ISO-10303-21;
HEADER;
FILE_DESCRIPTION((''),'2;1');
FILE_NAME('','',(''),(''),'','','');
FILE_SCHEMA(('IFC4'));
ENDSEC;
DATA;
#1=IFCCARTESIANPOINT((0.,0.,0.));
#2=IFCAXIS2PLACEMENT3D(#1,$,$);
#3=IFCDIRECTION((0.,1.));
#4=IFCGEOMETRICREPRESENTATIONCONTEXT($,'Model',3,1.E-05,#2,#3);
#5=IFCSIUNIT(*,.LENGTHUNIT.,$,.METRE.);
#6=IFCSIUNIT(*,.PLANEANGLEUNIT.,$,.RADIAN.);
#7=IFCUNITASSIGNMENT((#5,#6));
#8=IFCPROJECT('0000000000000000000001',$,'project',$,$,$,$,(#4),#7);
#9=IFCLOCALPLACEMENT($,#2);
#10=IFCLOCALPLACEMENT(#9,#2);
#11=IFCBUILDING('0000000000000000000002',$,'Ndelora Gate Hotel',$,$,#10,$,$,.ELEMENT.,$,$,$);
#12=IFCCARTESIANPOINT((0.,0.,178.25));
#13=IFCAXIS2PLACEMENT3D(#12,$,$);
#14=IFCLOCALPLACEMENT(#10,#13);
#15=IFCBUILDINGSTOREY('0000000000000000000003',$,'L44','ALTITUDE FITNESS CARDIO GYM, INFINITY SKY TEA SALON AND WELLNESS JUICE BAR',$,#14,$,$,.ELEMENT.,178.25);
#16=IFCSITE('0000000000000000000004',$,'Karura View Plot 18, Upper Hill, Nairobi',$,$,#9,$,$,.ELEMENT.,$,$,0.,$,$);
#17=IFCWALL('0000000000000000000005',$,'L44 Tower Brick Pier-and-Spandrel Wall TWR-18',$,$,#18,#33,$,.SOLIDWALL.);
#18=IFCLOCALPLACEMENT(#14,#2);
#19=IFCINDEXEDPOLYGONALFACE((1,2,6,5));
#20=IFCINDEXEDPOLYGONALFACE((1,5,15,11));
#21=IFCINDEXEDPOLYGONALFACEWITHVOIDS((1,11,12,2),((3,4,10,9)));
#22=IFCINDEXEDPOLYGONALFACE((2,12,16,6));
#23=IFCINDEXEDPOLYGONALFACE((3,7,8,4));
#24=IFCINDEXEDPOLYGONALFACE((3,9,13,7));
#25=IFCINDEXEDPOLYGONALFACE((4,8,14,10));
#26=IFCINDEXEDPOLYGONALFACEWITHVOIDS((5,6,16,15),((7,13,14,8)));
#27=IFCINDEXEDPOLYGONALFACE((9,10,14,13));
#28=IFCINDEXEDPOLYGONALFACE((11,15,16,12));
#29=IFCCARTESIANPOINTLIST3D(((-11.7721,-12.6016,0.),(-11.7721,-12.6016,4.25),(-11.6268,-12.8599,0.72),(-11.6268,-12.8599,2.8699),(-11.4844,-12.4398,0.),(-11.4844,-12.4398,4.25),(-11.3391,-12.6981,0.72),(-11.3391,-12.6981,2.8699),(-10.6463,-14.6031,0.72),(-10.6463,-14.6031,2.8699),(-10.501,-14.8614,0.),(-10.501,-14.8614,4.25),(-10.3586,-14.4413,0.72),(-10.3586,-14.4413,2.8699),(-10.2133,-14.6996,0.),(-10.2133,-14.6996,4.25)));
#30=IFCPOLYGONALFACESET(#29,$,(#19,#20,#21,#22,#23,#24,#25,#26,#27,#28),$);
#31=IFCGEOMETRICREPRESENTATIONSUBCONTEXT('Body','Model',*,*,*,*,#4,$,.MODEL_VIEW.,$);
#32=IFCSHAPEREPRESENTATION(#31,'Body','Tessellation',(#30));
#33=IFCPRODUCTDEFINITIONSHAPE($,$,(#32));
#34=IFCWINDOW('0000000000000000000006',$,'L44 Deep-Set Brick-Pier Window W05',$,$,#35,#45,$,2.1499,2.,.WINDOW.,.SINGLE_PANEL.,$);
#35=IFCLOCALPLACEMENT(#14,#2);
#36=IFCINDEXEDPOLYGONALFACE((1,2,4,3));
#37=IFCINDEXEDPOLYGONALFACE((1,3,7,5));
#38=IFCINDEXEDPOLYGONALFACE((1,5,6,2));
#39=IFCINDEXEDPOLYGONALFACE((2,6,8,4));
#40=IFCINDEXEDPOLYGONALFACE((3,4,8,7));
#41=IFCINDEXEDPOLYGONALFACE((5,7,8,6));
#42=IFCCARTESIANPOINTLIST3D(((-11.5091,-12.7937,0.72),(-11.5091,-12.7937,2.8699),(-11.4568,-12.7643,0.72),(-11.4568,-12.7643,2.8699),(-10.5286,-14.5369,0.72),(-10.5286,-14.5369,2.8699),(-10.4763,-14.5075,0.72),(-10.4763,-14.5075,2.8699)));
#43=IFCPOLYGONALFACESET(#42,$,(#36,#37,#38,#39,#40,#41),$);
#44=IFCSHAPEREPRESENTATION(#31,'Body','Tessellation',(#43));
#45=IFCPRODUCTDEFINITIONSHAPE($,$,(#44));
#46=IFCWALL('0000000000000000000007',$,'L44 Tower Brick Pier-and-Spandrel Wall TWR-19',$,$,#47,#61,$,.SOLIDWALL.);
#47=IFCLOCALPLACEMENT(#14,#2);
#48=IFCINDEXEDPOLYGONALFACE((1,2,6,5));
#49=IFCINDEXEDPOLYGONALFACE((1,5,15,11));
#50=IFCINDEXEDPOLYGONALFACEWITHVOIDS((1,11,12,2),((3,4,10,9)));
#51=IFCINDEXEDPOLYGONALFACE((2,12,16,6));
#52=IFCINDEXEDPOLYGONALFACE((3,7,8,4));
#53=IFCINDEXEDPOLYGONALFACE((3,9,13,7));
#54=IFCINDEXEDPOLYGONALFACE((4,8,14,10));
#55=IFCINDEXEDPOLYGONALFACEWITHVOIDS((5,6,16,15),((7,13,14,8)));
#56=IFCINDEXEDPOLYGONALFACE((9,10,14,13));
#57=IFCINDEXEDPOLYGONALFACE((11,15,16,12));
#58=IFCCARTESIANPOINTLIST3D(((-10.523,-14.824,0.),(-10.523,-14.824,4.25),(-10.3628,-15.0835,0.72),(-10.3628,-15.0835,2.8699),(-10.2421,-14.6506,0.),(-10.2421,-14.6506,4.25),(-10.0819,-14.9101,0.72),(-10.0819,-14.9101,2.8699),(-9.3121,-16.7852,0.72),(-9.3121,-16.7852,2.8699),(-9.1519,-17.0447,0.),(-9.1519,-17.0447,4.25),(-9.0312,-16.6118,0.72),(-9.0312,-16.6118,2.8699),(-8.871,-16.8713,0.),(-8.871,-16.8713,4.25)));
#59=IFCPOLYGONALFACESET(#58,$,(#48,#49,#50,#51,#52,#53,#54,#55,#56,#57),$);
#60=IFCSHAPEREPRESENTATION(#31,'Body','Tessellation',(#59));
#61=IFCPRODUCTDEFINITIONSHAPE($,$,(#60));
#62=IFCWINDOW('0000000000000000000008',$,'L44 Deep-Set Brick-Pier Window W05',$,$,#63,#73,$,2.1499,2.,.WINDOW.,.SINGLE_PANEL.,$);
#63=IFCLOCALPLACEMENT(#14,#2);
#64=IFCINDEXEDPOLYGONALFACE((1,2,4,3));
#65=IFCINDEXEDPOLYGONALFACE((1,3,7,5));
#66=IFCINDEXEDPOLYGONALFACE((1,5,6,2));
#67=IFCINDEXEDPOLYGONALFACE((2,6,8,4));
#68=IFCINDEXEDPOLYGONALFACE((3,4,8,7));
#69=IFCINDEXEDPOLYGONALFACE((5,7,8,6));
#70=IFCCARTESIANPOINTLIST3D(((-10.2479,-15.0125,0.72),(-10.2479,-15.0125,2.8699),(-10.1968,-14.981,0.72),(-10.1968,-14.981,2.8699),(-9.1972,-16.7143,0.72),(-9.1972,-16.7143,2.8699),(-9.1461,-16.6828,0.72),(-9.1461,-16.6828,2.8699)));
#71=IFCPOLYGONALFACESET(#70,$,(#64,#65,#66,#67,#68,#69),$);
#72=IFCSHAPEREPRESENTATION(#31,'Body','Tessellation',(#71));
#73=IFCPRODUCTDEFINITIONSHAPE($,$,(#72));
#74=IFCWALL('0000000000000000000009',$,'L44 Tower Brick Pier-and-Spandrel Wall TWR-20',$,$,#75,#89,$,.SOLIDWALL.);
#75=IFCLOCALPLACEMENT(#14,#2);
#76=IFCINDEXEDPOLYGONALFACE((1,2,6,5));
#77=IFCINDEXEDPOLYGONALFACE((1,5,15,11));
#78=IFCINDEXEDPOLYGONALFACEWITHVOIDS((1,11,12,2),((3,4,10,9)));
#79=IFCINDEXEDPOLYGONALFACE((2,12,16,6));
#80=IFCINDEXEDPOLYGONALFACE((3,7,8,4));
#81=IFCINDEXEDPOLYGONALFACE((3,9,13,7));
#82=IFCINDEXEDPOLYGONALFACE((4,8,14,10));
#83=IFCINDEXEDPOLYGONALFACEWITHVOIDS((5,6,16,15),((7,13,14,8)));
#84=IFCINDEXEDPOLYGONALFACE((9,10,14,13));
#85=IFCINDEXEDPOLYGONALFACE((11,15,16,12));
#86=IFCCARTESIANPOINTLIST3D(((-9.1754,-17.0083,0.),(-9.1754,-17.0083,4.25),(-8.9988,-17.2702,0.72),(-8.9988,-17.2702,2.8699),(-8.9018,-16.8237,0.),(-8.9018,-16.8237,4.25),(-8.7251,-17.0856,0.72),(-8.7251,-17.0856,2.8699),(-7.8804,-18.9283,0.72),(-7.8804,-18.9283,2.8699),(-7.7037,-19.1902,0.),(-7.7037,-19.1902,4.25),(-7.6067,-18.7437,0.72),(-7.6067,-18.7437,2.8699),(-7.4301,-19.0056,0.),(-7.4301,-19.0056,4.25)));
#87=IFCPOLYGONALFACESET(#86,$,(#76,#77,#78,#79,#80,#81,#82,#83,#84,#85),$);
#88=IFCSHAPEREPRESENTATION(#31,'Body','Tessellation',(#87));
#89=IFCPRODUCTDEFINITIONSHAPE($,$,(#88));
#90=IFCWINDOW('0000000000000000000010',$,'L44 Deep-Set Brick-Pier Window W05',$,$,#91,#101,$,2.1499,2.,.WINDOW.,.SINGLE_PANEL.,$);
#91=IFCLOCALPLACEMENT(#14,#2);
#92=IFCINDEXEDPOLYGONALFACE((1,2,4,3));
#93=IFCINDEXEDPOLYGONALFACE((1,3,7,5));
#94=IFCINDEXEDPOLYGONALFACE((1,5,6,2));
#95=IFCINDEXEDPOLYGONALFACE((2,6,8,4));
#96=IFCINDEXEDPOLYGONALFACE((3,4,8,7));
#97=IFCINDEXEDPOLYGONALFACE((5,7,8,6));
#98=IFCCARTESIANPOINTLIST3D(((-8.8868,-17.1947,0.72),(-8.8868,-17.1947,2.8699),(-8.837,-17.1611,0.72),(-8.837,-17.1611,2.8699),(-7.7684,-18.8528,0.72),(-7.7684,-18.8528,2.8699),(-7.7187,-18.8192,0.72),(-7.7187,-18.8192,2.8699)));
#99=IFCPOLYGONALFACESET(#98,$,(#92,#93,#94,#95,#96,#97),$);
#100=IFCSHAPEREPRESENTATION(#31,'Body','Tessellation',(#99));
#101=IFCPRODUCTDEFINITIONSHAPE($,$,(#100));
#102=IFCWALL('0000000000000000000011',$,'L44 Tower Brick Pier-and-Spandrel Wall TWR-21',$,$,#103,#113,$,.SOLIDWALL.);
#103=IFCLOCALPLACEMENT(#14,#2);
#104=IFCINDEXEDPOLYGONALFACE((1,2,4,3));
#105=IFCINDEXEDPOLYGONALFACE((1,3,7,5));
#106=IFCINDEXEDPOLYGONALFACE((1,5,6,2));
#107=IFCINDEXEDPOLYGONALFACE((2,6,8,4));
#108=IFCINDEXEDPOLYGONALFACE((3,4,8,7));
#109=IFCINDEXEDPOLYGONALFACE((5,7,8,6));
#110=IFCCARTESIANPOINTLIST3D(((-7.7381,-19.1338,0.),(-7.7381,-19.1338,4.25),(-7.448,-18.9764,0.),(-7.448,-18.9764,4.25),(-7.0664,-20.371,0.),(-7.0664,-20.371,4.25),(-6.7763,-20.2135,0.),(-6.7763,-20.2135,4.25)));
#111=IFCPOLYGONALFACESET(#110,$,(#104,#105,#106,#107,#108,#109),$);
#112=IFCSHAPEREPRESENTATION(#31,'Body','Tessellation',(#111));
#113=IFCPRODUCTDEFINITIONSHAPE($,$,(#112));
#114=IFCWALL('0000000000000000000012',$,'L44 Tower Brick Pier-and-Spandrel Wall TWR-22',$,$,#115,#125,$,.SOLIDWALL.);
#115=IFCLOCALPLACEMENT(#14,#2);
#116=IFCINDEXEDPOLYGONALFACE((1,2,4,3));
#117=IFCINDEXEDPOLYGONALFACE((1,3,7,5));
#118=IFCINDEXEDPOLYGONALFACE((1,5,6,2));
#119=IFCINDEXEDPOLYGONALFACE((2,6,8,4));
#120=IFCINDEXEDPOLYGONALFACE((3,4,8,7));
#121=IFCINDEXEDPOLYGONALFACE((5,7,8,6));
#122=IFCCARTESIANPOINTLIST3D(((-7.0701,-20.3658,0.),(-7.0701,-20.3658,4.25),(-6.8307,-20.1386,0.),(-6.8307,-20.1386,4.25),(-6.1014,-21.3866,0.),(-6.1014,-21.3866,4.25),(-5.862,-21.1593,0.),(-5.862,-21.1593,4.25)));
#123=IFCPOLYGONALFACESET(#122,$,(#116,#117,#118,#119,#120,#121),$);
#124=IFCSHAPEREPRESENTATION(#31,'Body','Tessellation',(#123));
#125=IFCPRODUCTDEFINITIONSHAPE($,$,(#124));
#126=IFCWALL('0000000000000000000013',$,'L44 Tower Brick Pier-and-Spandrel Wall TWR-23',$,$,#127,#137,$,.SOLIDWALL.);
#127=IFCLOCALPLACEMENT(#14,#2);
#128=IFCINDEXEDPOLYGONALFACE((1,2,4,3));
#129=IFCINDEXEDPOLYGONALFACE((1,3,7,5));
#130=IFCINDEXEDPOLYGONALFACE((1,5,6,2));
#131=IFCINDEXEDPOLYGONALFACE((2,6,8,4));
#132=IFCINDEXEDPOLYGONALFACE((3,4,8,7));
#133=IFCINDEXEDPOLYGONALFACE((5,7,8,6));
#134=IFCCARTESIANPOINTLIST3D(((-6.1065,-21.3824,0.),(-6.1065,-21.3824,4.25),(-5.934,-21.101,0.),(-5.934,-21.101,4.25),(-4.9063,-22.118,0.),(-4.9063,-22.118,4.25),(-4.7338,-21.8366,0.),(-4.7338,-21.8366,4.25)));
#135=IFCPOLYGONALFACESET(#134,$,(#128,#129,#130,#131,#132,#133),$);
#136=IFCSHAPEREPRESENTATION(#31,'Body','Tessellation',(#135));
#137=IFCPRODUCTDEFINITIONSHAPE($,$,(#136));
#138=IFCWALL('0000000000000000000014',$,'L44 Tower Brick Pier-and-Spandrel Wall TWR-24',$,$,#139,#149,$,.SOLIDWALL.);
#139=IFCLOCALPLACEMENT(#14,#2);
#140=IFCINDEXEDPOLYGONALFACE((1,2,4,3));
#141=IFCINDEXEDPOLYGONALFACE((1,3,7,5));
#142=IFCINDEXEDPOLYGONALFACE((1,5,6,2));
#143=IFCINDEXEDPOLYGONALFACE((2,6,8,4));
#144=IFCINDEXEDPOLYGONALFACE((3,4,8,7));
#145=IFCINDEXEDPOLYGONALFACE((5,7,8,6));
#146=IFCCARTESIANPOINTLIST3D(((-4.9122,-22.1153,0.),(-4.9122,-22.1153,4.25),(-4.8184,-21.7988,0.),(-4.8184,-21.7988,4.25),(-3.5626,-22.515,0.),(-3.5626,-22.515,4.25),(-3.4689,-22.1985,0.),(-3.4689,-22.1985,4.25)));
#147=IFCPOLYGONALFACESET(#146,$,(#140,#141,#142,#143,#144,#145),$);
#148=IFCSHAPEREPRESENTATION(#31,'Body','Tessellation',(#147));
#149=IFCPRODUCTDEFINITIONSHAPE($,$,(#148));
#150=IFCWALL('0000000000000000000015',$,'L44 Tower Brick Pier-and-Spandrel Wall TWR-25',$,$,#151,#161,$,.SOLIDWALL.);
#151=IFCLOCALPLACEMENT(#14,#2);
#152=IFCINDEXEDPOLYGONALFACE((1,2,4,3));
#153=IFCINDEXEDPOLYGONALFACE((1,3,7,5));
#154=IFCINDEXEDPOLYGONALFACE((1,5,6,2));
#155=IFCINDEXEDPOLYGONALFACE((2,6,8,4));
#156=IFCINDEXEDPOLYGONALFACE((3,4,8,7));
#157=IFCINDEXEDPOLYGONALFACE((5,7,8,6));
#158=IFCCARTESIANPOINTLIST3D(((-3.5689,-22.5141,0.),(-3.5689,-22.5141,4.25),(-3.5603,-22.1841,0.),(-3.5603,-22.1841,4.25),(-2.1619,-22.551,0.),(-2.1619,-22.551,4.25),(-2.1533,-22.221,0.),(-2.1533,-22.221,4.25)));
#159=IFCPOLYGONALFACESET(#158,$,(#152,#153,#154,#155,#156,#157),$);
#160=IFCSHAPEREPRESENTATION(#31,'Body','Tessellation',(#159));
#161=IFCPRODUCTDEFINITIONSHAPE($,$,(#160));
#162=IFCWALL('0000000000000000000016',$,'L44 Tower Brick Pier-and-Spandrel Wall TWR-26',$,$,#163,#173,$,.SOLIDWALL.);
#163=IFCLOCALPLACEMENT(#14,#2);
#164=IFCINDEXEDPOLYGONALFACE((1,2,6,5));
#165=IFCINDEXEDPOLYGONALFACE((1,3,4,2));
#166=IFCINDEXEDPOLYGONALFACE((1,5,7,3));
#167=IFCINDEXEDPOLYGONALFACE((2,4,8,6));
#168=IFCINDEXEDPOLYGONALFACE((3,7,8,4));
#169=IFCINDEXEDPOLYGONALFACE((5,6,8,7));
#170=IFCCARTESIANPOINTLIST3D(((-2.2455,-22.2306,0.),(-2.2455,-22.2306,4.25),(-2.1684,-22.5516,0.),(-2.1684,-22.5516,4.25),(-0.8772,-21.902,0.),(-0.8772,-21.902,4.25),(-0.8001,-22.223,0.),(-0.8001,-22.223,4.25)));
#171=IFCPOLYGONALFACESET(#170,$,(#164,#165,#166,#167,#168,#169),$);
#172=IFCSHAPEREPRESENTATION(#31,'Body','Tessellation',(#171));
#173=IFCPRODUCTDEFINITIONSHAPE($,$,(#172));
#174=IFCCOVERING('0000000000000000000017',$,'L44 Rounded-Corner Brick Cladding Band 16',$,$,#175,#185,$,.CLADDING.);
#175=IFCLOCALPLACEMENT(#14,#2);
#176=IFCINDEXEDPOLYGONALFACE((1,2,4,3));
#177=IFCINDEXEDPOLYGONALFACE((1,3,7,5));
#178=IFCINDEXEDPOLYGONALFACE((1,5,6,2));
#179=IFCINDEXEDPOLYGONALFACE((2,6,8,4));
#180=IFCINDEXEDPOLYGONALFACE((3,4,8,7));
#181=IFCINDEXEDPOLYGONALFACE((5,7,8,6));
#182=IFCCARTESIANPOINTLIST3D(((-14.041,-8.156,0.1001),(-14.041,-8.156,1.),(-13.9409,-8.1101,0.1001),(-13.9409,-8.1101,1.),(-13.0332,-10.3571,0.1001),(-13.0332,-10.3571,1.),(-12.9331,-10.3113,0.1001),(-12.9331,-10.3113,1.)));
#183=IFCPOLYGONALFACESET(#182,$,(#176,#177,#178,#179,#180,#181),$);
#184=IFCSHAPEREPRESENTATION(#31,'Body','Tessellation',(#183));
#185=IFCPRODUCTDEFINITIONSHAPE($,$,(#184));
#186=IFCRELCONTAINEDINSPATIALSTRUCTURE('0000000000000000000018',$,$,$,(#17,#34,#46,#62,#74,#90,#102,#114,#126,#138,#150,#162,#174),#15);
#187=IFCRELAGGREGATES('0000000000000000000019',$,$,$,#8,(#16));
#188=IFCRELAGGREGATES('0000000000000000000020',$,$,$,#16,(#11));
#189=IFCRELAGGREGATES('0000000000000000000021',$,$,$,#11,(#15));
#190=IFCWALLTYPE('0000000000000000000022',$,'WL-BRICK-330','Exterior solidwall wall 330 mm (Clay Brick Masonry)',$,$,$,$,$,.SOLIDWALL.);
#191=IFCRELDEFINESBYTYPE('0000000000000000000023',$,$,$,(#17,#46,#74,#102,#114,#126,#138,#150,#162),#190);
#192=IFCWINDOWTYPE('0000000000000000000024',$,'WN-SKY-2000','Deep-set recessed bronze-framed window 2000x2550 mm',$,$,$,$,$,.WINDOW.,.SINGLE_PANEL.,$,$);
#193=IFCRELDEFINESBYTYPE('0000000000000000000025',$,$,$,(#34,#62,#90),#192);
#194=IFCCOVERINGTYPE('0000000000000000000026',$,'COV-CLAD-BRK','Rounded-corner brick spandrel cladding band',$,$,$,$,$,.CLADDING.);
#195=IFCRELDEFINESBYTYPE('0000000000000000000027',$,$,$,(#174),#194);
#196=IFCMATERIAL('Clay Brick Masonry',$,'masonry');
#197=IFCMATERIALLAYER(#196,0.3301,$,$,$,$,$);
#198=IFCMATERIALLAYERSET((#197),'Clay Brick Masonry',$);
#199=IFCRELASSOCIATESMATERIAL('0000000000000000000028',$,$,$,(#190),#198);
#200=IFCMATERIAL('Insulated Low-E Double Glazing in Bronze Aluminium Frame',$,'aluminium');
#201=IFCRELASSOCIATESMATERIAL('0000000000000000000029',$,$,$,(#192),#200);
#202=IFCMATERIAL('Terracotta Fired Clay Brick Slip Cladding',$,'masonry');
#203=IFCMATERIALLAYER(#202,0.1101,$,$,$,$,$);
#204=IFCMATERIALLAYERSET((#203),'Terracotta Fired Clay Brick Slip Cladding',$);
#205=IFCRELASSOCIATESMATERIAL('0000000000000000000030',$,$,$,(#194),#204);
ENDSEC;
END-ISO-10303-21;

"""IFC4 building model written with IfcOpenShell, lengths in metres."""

from ifc_helpers import new_model, si_unit, direction, frame, frame_2d, origin, origin_2d, place, context, subcontext, project, spatial, rectangle, extrude, material, layer, layer_set, type_object, element, fill, save


model = new_model("IFC4")

# Units and contexts
model_context = context("Model", 3, precision=1e-05, world=origin(), true_north=direction((0.0, 1.0)))
body_context = subcontext(model_context, "Body", "Model", "MODEL_VIEW")
ifc_project = project(units=[si_unit("LENGTHUNIT", "METRE"), si_unit("PLANEANGLEUNIT", "RADIAN")], contexts=[model_context])

# Site, building, storey
site_placement = place(None, origin())
site = spatial("IfcSite", under=ifc_project, at=site_placement, Name="Karura View Plot 18, Upper Hill, Nairobi", CompositionType="ELEMENT", RefElevation=0.0)
building_placement = place(site_placement, origin())
building = spatial("IfcBuilding", under=site, at=building_placement, Name="Ndelora Gate Hotel", CompositionType="ELEMENT")
storey_placement = place(building_placement, frame((0.0, 0.0, 178.25)))
storey = spatial("IfcBuildingStorey", under=building, at=storey_placement, Name="L44", Description="ALTITUDE FITNESS CARDIO GYM, INFINITY SKY TEA SALON AND WELLNESS JUICE BAR", CompositionType="ELEMENT", Elevation=178.25)

# Shared definitions
ifc_material_1 = material(Name="Clay Brick Masonry", Category="masonry")
ifc_layer_1 = layer(ifc_material_1, 0.3301)
ifc_layer_set_1 = layer_set([ifc_layer_1], Name="Clay Brick Masonry")
wall_type = type_object("IfcWallType", Name="WL-BRICK-330", Description="Exterior solidwall wall 330 mm (Clay Brick Masonry)", PredefinedType="SOLIDWALL", material=ifc_layer_set_1)

# Walls, openings, windows
wall_1_placement = place(storey_placement, frame((-10.3572, -14.7805, 0.0), z_axis=(0.0, 0.0, 1.0), x_axis=(-0.490225, 0.871596, 0.0)))
wall_1 = element("IfcWall", 1, at=wall_1_placement, inside=storey, type_object=wall_type, Name="L44 Tower Brick Pier-and-Spandrel Wall TWR-18", PredefinedType="SOLIDWALL", context=body_context, shape_type="SweptSolid", body=[
    extrude(rectangle(XDim=2.5928, YDim=0.3301, at=frame_2d((1.2964, 0.0))), origin(), (0.0, 0.0, 1.0), 4.25),
])
opening_1_placement = place(wall_1_placement, frame((0.2964, 0.0, 0.72)))
opening_1 = element("IfcOpeningElement", 2, at=opening_1_placement, cuts=wall_1, PredefinedType="OPENING", context=body_context, shape_type="SweptSolid", body=[
    extrude(rectangle(XDim=2.0, YDim=2.1499, at=frame_2d((1.0, 1.075))), frame((0.0, 0.175, 0.0), z_axis=(0.0, -1.0, 0.0), x_axis=(1.0, 0.0, 0.0)), (0.0, 0.0, 1.0), 0.3501),
])
ifc_material_2 = material(Name="Insulated Low-E Double Glazing in Bronze Aluminium Frame", Category="aluminium")
window_type = type_object("IfcWindowType", Name="WN-SKY-2000", Description="Deep-set recessed bronze-framed window 2000x2550 mm", PartitioningType="SINGLE_PANEL", PredefinedType="WINDOW", material=ifc_material_2)
window_1_placement = place(opening_1_placement, origin())
window_1 = element("IfcWindow", 3, at=window_1_placement, inside=storey, type_object=window_type, Name="L44 Deep-Set Brick-Pier Window W05", OverallHeight=2.1499, OverallWidth=2.0, PartitioningType="SINGLE_PANEL", PredefinedType="WINDOW", context=body_context, shape_type="SweptSolid", body=[
    extrude(rectangle(XDim=2.0, YDim=2.1499, at=frame_2d((1.0, 1.075))), frame((0.0, 0.03, 0.0), z_axis=(0.0, -1.0, 0.0), x_axis=(1.0, 0.0, 0.0)), (0.0, 0.0, 1.0), 0.0601),
])
fill(opening_1, window_1)
wall_2_placement = place(storey_placement, frame((-9.0115, -16.958, 0.0), z_axis=(0.0, 0.0, 1.0), x_axis=(-0.525349, 0.850887, 0.0)))
wall_2 = element("IfcWall", 4, at=wall_2_placement, inside=storey, type_object=wall_type, Name="L44 Tower Brick Pier-and-Spandrel Wall TWR-19", PredefinedType="SOLIDWALL", context=body_context, shape_type="SweptSolid", body=[
    extrude(rectangle(XDim=2.6099, YDim=0.3301, at=frame_2d((1.3049, 0.0))), origin(), (0.0, 0.0, 1.0), 4.25),
])
opening_2_placement = place(wall_2_placement, frame((0.3049, 0.0, 0.72)))
opening_2 = element("IfcOpeningElement", 5, at=opening_2_placement, cuts=wall_2, PredefinedType="OPENING", context=body_context, shape_type="SweptSolid", body=[
    extrude(rectangle(XDim=2.0, YDim=2.1499, at=frame_2d((1.0, 1.075))), frame((0.0, 0.175, 0.0), z_axis=(0.0, -1.0, 0.0), x_axis=(1.0, 0.0, 0.0)), (0.0, 0.0, 1.0), 0.3501),
])
window_2_placement = place(opening_2_placement, origin())
window_2 = element("IfcWindow", 6, at=window_2_placement, inside=storey, type_object=window_type, Name="L44 Deep-Set Brick-Pier Window W05", OverallHeight=2.1499, OverallWidth=2.0, PartitioningType="SINGLE_PANEL", PredefinedType="WINDOW", context=body_context, shape_type="SweptSolid", body=[
    extrude(rectangle(XDim=2.0, YDim=2.1499, at=frame_2d((1.0, 1.075))), frame((0.0, 0.03, 0.0), z_axis=(0.0, -1.0, 0.0), x_axis=(1.0, 0.0, 0.0)), (0.0, 0.0, 1.0), 0.0601),
])
fill(opening_2, window_2)
wall_3_placement = place(storey_placement, frame((-7.5669, -19.0979, 0.0), z_axis=(0.0, 0.0, 1.0), x_axis=(-0.559188, 0.829041, 0.0)))
wall_3 = element("IfcWall", 7, at=wall_3_placement, inside=storey, type_object=wall_type, Name="L44 Tower Brick Pier-and-Spandrel Wall TWR-20", PredefinedType="SOLIDWALL", context=body_context, shape_type="SweptSolid", body=[
    extrude(rectangle(XDim=2.6318, YDim=0.3301, at=frame_2d((1.3159, 0.0))), origin(), (0.0, 0.0, 1.0), 4.25),
])
opening_3_placement = place(wall_3_placement, frame((0.3159, 0.0, 0.72)))
opening_3 = element("IfcOpeningElement", 8, at=opening_3_placement, cuts=wall_3, PredefinedType="OPENING", context=body_context, shape_type="SweptSolid", body=[
    extrude(rectangle(XDim=2.0, YDim=2.1499, at=frame_2d((1.0, 1.075))), frame((0.0, 0.175, 0.0), z_axis=(0.0, -1.0, 0.0), x_axis=(1.0, 0.0, 0.0)), (0.0, 0.0, 1.0), 0.3501),
])
window_3_placement = place(opening_3_placement, origin())
window_3 = element("IfcWindow", 9, at=window_3_placement, inside=storey, type_object=window_type, Name="L44 Deep-Set Brick-Pier Window W05", OverallHeight=2.1499, OverallWidth=2.0, PartitioningType="SINGLE_PANEL", PredefinedType="WINDOW", context=body_context, shape_type="SweptSolid", body=[
    extrude(rectangle(XDim=2.0, YDim=2.1499, at=frame_2d((1.0, 1.075))), frame((0.0, 0.03, 0.0), z_axis=(0.0, -1.0, 0.0), x_axis=(1.0, 0.0, 0.0)), (0.0, 0.0, 1.0), 0.0601),
])
fill(opening_3, window_3)

# Walls
wall_4_placement = place(storey_placement, frame((-6.9214, -20.2922, 0.0), z_axis=(0.0, 0.0, 1.0), x_axis=(-0.477138, 0.878828, 0.0)))
element("IfcWall", 10, at=wall_4_placement, inside=storey, type_object=wall_type, Name="L44 Tower Brick Pier-and-Spandrel Wall TWR-21", PredefinedType="SOLIDWALL", context=body_context, shape_type="SweptSolid", body=[
    extrude(rectangle(XDim=1.4077, YDim=0.3301, at=frame_2d((0.7039, 0.0))), origin(), (0.0, 0.0, 1.0), 4.25),
])
wall_5_placement = place(storey_placement, frame((-5.9817, -21.2729, 0.0), z_axis=(0.0, 0.0, 1.0), x_axis=(-0.688389, 0.725342, 0.0)))
element("IfcWall", 11, at=wall_5_placement, inside=storey, type_object=wall_type, Name="L44 Tower Brick Pier-and-Spandrel Wall TWR-22", PredefinedType="SOLIDWALL", context=body_context, shape_type="SweptSolid", body=[
    extrude(rectangle(XDim=1.4072, YDim=0.3301, at=frame_2d((0.7036, 0.0))), origin(), (0.0, 0.0, 1.0), 4.25),
])
wall_6_placement = place(storey_placement, frame((-4.8201, -21.9773, 0.0), z_axis=(0.0, 0.0, 1.0), x_axis=(-0.852604, 0.522558, 0.0)))
element("IfcWall", 12, at=wall_6_placement, inside=storey, type_object=wall_type, Name="L44 Tower Brick Pier-and-Spandrel Wall TWR-23", PredefinedType="SOLIDWALL", context=body_context, shape_type="SweptSolid", body=[
    extrude(rectangle(XDim=1.4077, YDim=0.3301, at=frame_2d((0.7039, 0.0))), origin(), (0.0, 0.0, 1.0), 4.25),
])
for number, where, z_axis, x_axis, name in (
    (13, (-3.5159, -22.3567, 0.0), (0.0, 0.0, 1.0), (-0.958842, 0.283941, 0.0), "L44 Tower Brick Pier-and-Spandrel Wall TWR-24"),
    (14, (-2.1577, -22.386, 0.0), (0.0, 0.0, 1.0), (-0.999657, 0.026193, 0.0), "L44 Tower Brick Pier-and-Spandrel Wall TWR-25"),
):
    element("IfcWall", number, at=place(storey_placement, frame(where, z_axis=z_axis, x_axis=x_axis)), inside=storey, type_object=wall_type, Name=name, PredefinedType="SOLIDWALL", context=body_context, shape_type="SweptSolid", body=[
        extrude(rectangle(XDim=1.4075, YDim=0.3301, at=frame_2d((0.7036, 0.0))), origin(), (0.0, 0.0, 1.0), 4.25),
    ])
wall_7_placement = place(storey_placement, frame((-0.8386, -22.0625, 0.0), z_axis=(0.0, 0.0, 1.0), x_axis=(-0.972356, -0.233504, 0.0)))
element("IfcWall", 15, at=wall_7_placement, inside=storey, type_object=wall_type, Name="L44 Tower Brick Pier-and-Spandrel Wall TWR-26", PredefinedType="SOLIDWALL", context=body_context, shape_type="SweptSolid", body=[
    extrude(rectangle(XDim=1.4072, YDim=0.3301, at=frame_2d((0.7036, 0.0))), origin(), (0.0, 0.0, 1.0), 4.25),
])

# Covering
ifc_material_3 = material(Name="Terracotta Fired Clay Brick Slip Cladding", Category="masonry")
ifc_layer_2 = layer(ifc_material_3, 0.1101)
ifc_layer_set_2 = layer_set([ifc_layer_2], Name="Terracotta Fired Clay Brick Slip Cladding")
covering_type_1 = type_object("IfcCoveringType", Name="COV-CLAD-BRK", Description="Rounded-corner brick spandrel cladding band", PredefinedType="CLADDING", material=ifc_layer_set_2)
covering_1_placement = place(storey_placement, frame((-13.4871, -9.2336, 0.1001), z_axis=(0.0, 0.0, 1.0), x_axis=(-0.416281, 0.909236, 0.0)))
element("IfcCovering", 16, at=covering_1_placement, inside=storey, type_object=covering_type_1, Name="L44 Rounded-Corner Brick Cladding Band 16", PredefinedType="CLADDING", context=body_context, shape_type="SweptSolid", body=[
    extrude(rectangle(XDim=2.4209, YDim=0.1101, at=origin_2d()), origin(), (0.0, 0.0, 1.0), 0.8999),
])

save(model, "model.ifc")
